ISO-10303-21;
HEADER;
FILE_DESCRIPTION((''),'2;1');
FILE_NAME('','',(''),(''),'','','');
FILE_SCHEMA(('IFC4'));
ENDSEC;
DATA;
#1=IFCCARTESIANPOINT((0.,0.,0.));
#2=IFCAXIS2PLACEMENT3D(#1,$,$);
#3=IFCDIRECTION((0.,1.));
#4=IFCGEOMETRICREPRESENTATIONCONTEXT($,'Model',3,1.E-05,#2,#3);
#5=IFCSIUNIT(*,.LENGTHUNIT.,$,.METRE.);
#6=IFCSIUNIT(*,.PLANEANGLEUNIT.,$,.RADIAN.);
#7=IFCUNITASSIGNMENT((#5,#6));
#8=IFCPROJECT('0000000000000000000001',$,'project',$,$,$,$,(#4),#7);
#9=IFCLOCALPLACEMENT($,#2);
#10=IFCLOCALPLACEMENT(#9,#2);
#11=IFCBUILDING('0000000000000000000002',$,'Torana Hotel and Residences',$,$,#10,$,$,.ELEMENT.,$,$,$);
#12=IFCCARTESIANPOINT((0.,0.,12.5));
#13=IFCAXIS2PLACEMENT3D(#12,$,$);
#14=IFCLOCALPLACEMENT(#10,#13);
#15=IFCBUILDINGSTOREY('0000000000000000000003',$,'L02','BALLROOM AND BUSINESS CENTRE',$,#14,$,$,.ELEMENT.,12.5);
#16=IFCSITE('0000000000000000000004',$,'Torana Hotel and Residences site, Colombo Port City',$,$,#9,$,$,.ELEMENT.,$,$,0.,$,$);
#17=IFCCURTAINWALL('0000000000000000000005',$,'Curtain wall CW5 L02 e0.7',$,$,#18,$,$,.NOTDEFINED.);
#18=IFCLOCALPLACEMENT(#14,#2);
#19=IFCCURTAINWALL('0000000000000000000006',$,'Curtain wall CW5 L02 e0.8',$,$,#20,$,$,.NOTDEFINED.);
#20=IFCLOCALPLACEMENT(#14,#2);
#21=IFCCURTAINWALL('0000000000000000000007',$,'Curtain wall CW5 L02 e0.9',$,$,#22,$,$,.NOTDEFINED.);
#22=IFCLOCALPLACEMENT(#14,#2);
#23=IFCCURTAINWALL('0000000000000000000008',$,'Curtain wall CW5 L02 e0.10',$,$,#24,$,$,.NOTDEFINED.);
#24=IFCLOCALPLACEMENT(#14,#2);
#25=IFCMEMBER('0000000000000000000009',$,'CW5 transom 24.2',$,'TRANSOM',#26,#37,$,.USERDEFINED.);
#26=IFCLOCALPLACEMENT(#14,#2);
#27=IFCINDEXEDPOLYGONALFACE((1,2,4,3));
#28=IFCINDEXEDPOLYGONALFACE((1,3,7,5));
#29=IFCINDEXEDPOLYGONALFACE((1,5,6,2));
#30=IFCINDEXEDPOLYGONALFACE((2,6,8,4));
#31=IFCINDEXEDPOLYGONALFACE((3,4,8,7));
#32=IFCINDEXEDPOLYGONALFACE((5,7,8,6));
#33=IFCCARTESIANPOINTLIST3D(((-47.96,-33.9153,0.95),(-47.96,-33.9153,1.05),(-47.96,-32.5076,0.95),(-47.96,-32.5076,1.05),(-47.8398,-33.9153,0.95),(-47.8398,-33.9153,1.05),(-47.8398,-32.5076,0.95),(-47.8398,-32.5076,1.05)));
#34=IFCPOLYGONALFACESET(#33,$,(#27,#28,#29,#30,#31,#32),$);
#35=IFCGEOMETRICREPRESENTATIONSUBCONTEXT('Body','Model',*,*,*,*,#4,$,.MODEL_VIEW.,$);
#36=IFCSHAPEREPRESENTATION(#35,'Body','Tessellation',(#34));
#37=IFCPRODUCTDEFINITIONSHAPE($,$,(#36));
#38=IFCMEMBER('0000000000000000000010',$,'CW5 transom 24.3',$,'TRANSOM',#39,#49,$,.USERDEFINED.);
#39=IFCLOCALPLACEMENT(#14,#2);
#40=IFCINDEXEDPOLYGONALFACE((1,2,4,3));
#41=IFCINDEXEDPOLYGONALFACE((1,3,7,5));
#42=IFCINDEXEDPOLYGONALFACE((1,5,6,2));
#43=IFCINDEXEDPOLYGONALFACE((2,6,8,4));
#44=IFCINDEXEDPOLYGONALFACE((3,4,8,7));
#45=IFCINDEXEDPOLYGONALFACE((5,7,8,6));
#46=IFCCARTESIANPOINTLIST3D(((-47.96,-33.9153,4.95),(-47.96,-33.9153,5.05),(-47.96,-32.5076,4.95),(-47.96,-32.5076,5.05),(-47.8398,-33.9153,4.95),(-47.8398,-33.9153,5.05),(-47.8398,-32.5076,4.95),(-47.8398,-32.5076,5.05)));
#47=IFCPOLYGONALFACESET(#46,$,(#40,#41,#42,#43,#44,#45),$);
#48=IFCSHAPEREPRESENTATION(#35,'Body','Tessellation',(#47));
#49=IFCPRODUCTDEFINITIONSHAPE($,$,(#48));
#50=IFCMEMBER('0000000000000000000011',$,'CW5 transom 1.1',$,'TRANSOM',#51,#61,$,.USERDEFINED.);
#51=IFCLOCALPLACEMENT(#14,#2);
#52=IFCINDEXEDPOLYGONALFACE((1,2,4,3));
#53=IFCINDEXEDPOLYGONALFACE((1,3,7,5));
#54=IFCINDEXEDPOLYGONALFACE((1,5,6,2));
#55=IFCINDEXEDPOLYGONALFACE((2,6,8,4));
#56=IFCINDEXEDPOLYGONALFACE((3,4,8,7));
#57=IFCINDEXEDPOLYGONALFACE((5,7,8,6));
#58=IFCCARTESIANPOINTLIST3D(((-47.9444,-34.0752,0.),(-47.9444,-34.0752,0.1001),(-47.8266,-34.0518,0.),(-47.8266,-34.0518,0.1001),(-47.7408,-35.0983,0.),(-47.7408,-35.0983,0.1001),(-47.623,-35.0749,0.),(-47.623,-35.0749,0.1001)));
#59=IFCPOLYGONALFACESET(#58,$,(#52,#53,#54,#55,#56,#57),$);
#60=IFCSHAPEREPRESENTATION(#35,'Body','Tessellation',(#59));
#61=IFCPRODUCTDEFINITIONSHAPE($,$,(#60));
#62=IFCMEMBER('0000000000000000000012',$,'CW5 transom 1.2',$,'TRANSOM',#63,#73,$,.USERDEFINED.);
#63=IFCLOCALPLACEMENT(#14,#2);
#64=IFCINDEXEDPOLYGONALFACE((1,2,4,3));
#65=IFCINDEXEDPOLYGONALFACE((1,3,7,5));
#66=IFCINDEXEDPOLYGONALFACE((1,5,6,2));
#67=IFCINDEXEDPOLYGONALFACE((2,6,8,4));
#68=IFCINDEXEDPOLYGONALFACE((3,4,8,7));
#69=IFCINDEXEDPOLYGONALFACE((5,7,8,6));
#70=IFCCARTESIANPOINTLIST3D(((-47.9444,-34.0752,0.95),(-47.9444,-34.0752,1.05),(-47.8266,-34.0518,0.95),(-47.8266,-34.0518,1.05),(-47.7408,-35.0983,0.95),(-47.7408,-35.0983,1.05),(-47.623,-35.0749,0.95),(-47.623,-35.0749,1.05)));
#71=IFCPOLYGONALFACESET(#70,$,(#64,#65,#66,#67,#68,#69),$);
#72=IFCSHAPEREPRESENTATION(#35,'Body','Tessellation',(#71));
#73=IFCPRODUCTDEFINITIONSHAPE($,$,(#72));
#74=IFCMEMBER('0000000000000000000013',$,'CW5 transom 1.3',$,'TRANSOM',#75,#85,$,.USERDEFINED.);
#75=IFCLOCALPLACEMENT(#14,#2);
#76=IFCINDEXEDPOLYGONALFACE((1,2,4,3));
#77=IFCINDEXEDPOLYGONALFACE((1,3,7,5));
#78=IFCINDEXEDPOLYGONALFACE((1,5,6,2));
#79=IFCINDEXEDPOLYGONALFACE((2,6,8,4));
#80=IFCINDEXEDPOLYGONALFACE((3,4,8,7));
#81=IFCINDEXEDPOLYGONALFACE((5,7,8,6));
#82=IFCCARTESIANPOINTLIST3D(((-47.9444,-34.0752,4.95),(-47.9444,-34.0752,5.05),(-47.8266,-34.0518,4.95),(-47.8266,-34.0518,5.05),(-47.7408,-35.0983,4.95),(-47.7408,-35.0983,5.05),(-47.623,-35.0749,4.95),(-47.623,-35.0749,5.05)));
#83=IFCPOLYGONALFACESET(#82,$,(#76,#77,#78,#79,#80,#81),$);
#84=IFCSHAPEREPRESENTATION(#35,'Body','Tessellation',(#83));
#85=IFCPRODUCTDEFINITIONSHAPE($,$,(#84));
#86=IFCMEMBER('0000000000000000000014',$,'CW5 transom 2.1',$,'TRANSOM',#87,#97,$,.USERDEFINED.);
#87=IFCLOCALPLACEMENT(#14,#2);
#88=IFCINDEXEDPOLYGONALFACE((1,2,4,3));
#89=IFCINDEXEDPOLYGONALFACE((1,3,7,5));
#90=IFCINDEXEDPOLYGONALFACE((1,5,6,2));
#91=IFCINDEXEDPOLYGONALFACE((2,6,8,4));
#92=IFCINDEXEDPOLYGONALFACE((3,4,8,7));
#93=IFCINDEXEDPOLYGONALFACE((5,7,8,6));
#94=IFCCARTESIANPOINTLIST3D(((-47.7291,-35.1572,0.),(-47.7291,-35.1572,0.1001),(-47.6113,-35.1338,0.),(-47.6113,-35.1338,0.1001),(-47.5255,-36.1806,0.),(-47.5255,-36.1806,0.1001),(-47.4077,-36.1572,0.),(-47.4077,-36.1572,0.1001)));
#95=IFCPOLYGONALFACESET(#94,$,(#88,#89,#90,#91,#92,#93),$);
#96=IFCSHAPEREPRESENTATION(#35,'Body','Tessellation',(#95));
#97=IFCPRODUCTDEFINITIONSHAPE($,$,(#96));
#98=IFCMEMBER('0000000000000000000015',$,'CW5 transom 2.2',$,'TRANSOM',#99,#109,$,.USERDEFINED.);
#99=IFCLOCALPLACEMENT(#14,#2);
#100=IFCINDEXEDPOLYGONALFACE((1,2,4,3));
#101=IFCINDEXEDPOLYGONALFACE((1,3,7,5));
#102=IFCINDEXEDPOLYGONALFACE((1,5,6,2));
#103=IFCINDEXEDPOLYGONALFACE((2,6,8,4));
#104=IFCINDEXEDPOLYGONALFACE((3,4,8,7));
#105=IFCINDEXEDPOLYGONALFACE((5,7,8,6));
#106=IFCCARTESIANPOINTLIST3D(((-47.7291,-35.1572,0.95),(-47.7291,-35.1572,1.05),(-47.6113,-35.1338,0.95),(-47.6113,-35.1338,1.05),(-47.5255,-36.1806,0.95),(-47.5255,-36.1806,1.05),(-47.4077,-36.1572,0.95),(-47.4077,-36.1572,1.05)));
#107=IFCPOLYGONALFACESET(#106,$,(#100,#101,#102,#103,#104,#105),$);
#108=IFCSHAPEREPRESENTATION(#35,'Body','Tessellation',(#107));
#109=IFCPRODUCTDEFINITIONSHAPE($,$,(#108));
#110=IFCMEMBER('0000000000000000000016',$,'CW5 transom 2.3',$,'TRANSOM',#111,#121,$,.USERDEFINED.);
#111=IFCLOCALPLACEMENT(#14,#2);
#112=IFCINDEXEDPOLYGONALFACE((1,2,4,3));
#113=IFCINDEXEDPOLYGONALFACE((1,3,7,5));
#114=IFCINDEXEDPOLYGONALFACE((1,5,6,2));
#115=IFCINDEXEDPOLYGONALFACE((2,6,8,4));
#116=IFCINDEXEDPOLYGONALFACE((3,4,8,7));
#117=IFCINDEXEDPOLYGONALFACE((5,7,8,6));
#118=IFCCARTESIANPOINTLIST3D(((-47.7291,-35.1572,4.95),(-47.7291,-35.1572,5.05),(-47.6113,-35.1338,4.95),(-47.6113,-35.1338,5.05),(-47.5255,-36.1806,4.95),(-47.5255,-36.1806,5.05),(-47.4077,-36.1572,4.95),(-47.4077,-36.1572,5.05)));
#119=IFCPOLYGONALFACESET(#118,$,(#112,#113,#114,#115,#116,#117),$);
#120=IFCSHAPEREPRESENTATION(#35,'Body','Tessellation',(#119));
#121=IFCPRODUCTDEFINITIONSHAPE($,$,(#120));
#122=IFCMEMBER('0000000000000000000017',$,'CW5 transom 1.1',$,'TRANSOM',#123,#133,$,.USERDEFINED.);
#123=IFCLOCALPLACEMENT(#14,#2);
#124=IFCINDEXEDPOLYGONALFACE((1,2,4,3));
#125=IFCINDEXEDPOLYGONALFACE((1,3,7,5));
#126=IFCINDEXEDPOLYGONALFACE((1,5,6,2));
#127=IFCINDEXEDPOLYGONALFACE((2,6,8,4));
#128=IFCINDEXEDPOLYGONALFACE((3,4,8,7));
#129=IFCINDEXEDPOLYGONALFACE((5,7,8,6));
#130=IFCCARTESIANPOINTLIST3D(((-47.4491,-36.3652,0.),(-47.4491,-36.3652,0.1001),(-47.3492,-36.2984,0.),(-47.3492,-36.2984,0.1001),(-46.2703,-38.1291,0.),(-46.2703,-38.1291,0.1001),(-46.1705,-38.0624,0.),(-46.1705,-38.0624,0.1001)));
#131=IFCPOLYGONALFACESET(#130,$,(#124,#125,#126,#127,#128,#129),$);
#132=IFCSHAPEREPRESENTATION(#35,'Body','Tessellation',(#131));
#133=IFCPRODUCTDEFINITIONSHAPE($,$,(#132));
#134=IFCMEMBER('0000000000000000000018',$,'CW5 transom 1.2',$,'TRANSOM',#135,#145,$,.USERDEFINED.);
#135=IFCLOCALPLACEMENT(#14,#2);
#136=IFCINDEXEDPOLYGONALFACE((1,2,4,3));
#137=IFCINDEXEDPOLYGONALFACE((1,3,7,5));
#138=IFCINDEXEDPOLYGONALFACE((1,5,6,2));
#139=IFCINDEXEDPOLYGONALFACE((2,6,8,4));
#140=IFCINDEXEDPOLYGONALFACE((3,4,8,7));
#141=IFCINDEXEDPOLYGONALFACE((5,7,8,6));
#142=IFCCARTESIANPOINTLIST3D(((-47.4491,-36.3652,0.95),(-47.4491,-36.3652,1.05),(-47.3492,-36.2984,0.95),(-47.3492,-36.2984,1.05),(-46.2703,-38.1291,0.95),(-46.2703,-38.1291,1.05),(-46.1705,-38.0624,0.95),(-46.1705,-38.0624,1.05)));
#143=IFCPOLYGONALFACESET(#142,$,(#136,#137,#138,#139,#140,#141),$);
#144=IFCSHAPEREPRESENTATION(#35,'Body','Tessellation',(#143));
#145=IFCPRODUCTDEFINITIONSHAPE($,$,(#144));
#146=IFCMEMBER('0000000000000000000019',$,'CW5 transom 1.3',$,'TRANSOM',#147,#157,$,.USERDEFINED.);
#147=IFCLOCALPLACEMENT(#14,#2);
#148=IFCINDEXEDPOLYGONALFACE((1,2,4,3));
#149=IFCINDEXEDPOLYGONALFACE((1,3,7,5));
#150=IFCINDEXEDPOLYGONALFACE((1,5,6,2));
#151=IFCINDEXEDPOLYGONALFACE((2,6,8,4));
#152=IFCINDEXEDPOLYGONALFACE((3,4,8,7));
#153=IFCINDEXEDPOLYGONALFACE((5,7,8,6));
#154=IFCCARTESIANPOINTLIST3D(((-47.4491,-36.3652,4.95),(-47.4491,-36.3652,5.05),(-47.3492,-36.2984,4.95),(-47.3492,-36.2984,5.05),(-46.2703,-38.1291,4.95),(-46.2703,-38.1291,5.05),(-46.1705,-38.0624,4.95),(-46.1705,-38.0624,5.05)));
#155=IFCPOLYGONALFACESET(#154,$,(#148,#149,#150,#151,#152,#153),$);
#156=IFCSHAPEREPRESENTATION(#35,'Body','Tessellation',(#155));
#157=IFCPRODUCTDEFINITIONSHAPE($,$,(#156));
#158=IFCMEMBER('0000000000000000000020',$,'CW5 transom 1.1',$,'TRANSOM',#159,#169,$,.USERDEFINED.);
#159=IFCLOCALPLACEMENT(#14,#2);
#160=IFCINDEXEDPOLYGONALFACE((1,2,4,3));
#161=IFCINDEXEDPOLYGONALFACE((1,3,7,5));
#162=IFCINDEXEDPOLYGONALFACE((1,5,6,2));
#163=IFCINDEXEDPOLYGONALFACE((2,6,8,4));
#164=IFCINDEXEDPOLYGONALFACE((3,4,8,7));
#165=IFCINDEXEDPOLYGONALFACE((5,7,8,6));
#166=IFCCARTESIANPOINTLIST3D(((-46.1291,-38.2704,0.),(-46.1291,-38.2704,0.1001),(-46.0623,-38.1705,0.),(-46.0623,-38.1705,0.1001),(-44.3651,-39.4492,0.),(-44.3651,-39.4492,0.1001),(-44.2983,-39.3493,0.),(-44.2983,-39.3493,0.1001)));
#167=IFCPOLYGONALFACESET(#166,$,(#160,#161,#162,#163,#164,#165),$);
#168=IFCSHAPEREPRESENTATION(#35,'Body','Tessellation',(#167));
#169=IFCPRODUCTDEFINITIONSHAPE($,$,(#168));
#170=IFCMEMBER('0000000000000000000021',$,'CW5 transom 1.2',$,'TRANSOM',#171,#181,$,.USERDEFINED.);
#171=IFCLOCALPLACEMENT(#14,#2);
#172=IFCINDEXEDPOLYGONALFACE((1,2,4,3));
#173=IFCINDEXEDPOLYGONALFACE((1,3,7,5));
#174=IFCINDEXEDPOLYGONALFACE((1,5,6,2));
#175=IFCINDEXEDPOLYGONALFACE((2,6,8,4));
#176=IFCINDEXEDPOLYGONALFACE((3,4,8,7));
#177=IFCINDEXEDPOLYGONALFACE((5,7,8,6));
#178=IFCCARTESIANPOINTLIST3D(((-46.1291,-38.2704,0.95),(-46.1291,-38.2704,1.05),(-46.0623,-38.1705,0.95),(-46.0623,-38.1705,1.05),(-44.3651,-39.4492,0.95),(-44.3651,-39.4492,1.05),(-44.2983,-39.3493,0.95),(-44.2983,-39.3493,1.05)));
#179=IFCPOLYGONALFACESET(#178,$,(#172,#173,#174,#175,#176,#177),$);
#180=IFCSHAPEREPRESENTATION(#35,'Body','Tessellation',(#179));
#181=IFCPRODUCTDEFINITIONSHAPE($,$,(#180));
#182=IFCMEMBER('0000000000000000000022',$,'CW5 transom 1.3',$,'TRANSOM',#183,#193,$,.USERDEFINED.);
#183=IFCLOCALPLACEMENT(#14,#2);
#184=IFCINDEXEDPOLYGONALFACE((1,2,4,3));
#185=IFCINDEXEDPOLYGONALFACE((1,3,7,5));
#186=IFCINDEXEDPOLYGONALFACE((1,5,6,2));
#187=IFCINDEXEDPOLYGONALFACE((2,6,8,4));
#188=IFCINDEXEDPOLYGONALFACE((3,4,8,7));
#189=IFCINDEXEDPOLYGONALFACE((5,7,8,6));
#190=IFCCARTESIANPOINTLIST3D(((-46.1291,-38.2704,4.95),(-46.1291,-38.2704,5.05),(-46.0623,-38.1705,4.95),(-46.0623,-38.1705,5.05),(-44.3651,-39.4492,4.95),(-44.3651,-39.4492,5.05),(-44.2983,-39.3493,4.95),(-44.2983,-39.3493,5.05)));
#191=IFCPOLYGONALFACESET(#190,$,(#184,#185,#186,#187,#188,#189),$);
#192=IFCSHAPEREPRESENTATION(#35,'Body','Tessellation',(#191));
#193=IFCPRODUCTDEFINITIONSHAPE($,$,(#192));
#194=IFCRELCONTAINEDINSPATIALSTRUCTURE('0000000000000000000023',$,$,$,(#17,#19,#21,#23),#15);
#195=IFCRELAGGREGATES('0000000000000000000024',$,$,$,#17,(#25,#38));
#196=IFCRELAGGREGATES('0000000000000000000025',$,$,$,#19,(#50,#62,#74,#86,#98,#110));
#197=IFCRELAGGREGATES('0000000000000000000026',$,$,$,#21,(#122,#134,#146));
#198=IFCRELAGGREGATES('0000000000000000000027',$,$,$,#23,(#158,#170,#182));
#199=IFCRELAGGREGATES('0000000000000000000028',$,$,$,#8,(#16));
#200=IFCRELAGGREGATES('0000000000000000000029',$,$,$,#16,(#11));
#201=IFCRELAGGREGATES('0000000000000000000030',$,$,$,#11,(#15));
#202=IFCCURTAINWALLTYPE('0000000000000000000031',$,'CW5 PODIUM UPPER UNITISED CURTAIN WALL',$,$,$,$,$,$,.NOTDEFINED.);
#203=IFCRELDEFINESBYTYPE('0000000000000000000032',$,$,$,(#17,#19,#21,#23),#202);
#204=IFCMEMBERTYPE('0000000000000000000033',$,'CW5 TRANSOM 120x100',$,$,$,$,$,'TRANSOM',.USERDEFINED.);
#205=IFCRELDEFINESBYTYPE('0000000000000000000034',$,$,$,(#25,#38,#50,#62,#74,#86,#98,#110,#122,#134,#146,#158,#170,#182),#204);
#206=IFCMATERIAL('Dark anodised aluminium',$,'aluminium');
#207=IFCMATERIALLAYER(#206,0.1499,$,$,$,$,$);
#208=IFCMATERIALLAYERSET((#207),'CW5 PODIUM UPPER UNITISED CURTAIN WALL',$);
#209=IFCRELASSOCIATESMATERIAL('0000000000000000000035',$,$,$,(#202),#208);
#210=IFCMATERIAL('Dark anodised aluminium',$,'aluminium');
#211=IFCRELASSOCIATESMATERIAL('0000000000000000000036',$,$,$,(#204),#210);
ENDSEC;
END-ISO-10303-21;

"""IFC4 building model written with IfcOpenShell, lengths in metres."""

from ifc_helpers import new_model, si_unit, direction, frame, origin, origin_2d, place, context, subcontext, project, spatial, rectangle, extrude, material, layer, layer_set, material_profile, profile_set, type_object, element, aggregate, save


model = new_model("IFC4")

# Units and contexts
model_context = context("Model", 3, precision=1e-05, world=origin(), true_north=direction((0.0, 1.0)))
body_context = subcontext(model_context, "Body", "Model", "MODEL_VIEW")
ifc_project = project(units=[si_unit("LENGTHUNIT", "METRE"), si_unit("PLANEANGLEUNIT", "RADIAN")], contexts=[model_context])

# Site, building, storey
site_placement = place(None, origin())
site = spatial("IfcSite", under=ifc_project, at=site_placement, Name="Torana Hotel and Residences site, Colombo Port City", CompositionType="ELEMENT", RefElevation=0.0)
building_placement = place(site_placement, origin())
building = spatial("IfcBuilding", under=site, at=building_placement, Name="Torana Hotel and Residences", CompositionType="ELEMENT")
storey_placement = place(building_placement, frame((0.0, 0.0, 12.5)))
storey = spatial("IfcBuildingStorey", under=building, at=storey_placement, Name="L02", Description="BALLROOM AND BUSINESS CENTRE", CompositionType="ELEMENT", Elevation=12.5)

# Curtain walls
ifc_material_1 = material(Name="Dark anodised aluminium", Category="aluminium")
ifc_layer_1 = layer(ifc_material_1, 0.1499)
ifc_layer_set_1 = layer_set([ifc_layer_1], Name="CW5 PODIUM UPPER UNITISED CURTAIN WALL")
curtain_wall_type = type_object("IfcCurtainWallType", Name="CW5 PODIUM UPPER UNITISED CURTAIN WALL", PredefinedType="NOTDEFINED", material=ifc_layer_set_1)
curtain_wall_1_placement = place(storey_placement, origin())
curtain_wall_1 = element("IfcCurtainWall", 1, at=curtain_wall_1_placement, inside=storey, type_object=curtain_wall_type, Name="Curtain wall CW5 L02 e0.7", PredefinedType="NOTDEFINED")
curtain_wall_2_placement = place(storey_placement, origin())
curtain_wall_2 = element("IfcCurtainWall", 2, at=curtain_wall_2_placement, inside=storey, type_object=curtain_wall_type, Name="Curtain wall CW5 L02 e0.8", PredefinedType="NOTDEFINED")
curtain_wall_3_placement = place(storey_placement, origin())
curtain_wall_3 = element("IfcCurtainWall", 3, at=curtain_wall_3_placement, inside=storey, type_object=curtain_wall_type, Name="Curtain wall CW5 L02 e0.9", PredefinedType="NOTDEFINED")
curtain_wall_4_placement = place(storey_placement, origin())
curtain_wall_4 = element("IfcCurtainWall", 4, at=curtain_wall_4_placement, inside=storey, type_object=curtain_wall_type, Name="Curtain wall CW5 L02 e0.10", PredefinedType="NOTDEFINED")

# Members
ifc_material_2 = material(Name="Dark anodised aluminium", Category="aluminium")
ifc_material_profile_1 = material_profile(ifc_material_2, rectangle(XDim=0.1201, YDim=0.1001, at=origin_2d()), Name="CW5 TRANSOM 120x100")
ifc_profile_set_1 = profile_set([ifc_material_profile_1], Name="Dark anodised aluminium")
member_type_1 = type_object("IfcMemberType", Name="CW5 TRANSOM 120x100", ElementType="TRANSOM", PredefinedType="USERDEFINED", material=ifc_profile_set_1)
member_1_placement = place(storey_placement, frame((-47.8999, -32.5076, 1.0), z_axis=(0.0, -1.0, 0.0), x_axis=(1.0, 0.0, 0.0)))
member_1 = element("IfcMember", 5, at=member_1_placement, type_object=member_type_1, Name="CW5 transom 24.2", ObjectType="TRANSOM", PredefinedType="USERDEFINED", context=body_context, shape_type="SweptSolid", body=[
    extrude(rectangle(XDim=0.1201, YDim=0.1001, at=origin_2d()), origin(), (0.0, 0.0, 1.0), 1.4077),
])
member_2_placement = place(storey_placement, frame((-47.8999, -32.5076, 5.0), z_axis=(0.0, -1.0, 0.0), x_axis=(1.0, 0.0, 0.0)))
member_2 = element("IfcMember", 6, at=member_2_placement, type_object=member_type_1, Name="CW5 transom 24.3", ObjectType="TRANSOM", PredefinedType="USERDEFINED", context=body_context, shape_type="SweptSolid", body=[
    extrude(rectangle(XDim=0.1201, YDim=0.1001, at=origin_2d()), origin(), (0.0, 0.0, 1.0), 1.4077),
])
member_3_placement = place(storey_placement, frame((-47.8855, -34.0635, 0.05), z_axis=(0.195171, -0.980769, 0.0), x_axis=(0.980769, 0.195171, 0.0)))
member_3 = element("IfcMember", 7, at=member_3_placement, type_object=member_type_1, Name="CW5 transom 1.1", ObjectType="TRANSOM", PredefinedType="USERDEFINED", context=body_context, shape_type="SweptSolid", body=[
    extrude(rectangle(XDim=0.1201, YDim=0.1001, at=origin_2d()), origin(), (0.0, 0.0, 1.0), 1.0432),
])
member_4_placement = place(storey_placement, frame((-47.8855, -34.0635, 1.0), z_axis=(0.195171, -0.980769, 0.0), x_axis=(0.980769, 0.195171, 0.0)))
member_4 = element("IfcMember", 8, at=member_4_placement, type_object=member_type_1, Name="CW5 transom 1.2", ObjectType="TRANSOM", PredefinedType="USERDEFINED", context=body_context, shape_type="SweptSolid", body=[
    extrude(rectangle(XDim=0.1201, YDim=0.1001, at=origin_2d()), origin(), (0.0, 0.0, 1.0), 1.0432),
])
member_5_placement = place(storey_placement, frame((-47.8855, -34.0635, 5.0), z_axis=(0.195171, -0.980769, 0.0), x_axis=(0.980769, 0.195171, 0.0)))
member_5 = element("IfcMember", 9, at=member_5_placement, type_object=member_type_1, Name="CW5 transom 1.3", ObjectType="TRANSOM", PredefinedType="USERDEFINED", context=body_context, shape_type="SweptSolid", body=[
    extrude(rectangle(XDim=0.1201, YDim=0.1001, at=origin_2d()), origin(), (0.0, 0.0, 1.0), 1.0432),
])
member_6_placement = place(storey_placement, frame((-47.6702, -35.1455, 0.05), z_axis=(0.195126, -0.980778, 0.0), x_axis=(0.980778, 0.195126, 0.0)))
member_6 = element("IfcMember", 10, at=member_6_placement, type_object=member_type_1, Name="CW5 transom 2.1", ObjectType="TRANSOM", PredefinedType="USERDEFINED", context=body_context, shape_type="SweptSolid", body=[
    extrude(rectangle(XDim=0.1201, YDim=0.1001, at=origin_2d()), origin(), (0.0, 0.0, 1.0), 1.0435),
])
member_7_placement = place(storey_placement, frame((-47.6702, -35.1455, 1.0), z_axis=(0.195126, -0.980778, 0.0), x_axis=(0.980778, 0.195126, 0.0)))
member_7 = element("IfcMember", 11, at=member_7_placement, type_object=member_type_1, Name="CW5 transom 2.2", ObjectType="TRANSOM", PredefinedType="USERDEFINED", context=body_context, shape_type="SweptSolid", body=[
    extrude(rectangle(XDim=0.1201, YDim=0.1001, at=origin_2d()), origin(), (0.0, 0.0, 1.0), 1.0435),
])
member_8_placement = place(storey_placement, frame((-47.6702, -35.1455, 5.0), z_axis=(0.195126, -0.980778, 0.0), x_axis=(0.980778, 0.195126, 0.0)))
member_8 = element("IfcMember", 12, at=member_8_placement, type_object=member_type_1, Name="CW5 transom 2.3", ObjectType="TRANSOM", PredefinedType="USERDEFINED", context=body_context, shape_type="SweptSolid", body=[
    extrude(rectangle(XDim=0.1201, YDim=0.1001, at=origin_2d()), origin(), (0.0, 0.0, 1.0), 1.0435),
])
member_9_placement = place(storey_placement, frame((-47.3992, -36.3318, 0.05), z_axis=(0.555603, -0.831448, 0.0), x_axis=(0.831448, 0.555603, 0.0)))
member_9 = element("IfcMember", 13, at=member_9_placement, type_object=member_type_1, Name="CW5 transom 1.1", ObjectType="TRANSOM", PredefinedType="USERDEFINED", context=body_context, shape_type="SweptSolid", body=[
    extrude(rectangle(XDim=0.1201, YDim=0.1001, at=origin_2d()), origin(), (0.0, 0.0, 1.0), 2.1216),
])
member_10_placement = place(storey_placement, frame((-47.3992, -36.3318, 1.0), z_axis=(0.555603, -0.831448, 0.0), x_axis=(0.831448, 0.555603, 0.0)))
member_10 = element("IfcMember", 14, at=member_10_placement, type_object=member_type_1, Name="CW5 transom 1.2", ObjectType="TRANSOM", PredefinedType="USERDEFINED", context=body_context, shape_type="SweptSolid", body=[
    extrude(rectangle(XDim=0.1201, YDim=0.1001, at=origin_2d()), origin(), (0.0, 0.0, 1.0), 2.1216),
])
member_11_placement = place(storey_placement, frame((-47.3992, -36.3318, 5.0), z_axis=(0.555603, -0.831448, 0.0), x_axis=(0.831448, 0.555603, 0.0)))
member_11 = element("IfcMember", 15, at=member_11_placement, type_object=member_type_1, Name="CW5 transom 1.3", ObjectType="TRANSOM", PredefinedType="USERDEFINED", context=body_context, shape_type="SweptSolid", body=[
    extrude(rectangle(XDim=0.1201, YDim=0.1001, at=origin_2d()), origin(), (0.0, 0.0, 1.0), 2.1216),
])
member_12_placement = place(storey_placement, frame((-46.0957, -38.2205, 0.05), z_axis=(0.831448, -0.555603, 0.0), x_axis=(0.555603, 0.831448, 0.0)))
member_12 = element("IfcMember", 16, at=member_12_placement, type_object=member_type_1, Name="CW5 transom 1.1", ObjectType="TRANSOM", PredefinedType="USERDEFINED", context=body_context, shape_type="SweptSolid", body=[
    extrude(rectangle(XDim=0.1201, YDim=0.1001, at=origin_2d()), origin(), (0.0, 0.0, 1.0), 2.1216),
])
member_13_placement = place(storey_placement, frame((-46.0957, -38.2205, 1.0), z_axis=(0.831448, -0.555603, 0.0), x_axis=(0.555603, 0.831448, 0.0)))
member_13 = element("IfcMember", 17, at=member_13_placement, type_object=member_type_1, Name="CW5 transom 1.2", ObjectType="TRANSOM", PredefinedType="USERDEFINED", context=body_context, shape_type="SweptSolid", body=[
    extrude(rectangle(XDim=0.1201, YDim=0.1001, at=origin_2d()), origin(), (0.0, 0.0, 1.0), 2.1216),
])
member_14_placement = place(storey_placement, frame((-46.0957, -38.2205, 5.0), z_axis=(0.831448, -0.555603, 0.0), x_axis=(0.555603, 0.831448, 0.0)))
member_14 = element("IfcMember", 18, at=member_14_placement, type_object=member_type_1, Name="CW5 transom 1.3", ObjectType="TRANSOM", PredefinedType="USERDEFINED", context=body_context, shape_type="SweptSolid", body=[
    extrude(rectangle(XDim=0.1201, YDim=0.1001, at=origin_2d()), origin(), (0.0, 0.0, 1.0), 2.1216),
])

aggregate(curtain_wall_1, [member_1, member_2])
aggregate(curtain_wall_2, [member_3, member_4, member_5, member_6, member_7, member_8])
aggregate(curtain_wall_3, [member_9, member_10, member_11])
aggregate(curtain_wall_4, [member_12, member_13, member_14])

save(model, "model.ifc")
